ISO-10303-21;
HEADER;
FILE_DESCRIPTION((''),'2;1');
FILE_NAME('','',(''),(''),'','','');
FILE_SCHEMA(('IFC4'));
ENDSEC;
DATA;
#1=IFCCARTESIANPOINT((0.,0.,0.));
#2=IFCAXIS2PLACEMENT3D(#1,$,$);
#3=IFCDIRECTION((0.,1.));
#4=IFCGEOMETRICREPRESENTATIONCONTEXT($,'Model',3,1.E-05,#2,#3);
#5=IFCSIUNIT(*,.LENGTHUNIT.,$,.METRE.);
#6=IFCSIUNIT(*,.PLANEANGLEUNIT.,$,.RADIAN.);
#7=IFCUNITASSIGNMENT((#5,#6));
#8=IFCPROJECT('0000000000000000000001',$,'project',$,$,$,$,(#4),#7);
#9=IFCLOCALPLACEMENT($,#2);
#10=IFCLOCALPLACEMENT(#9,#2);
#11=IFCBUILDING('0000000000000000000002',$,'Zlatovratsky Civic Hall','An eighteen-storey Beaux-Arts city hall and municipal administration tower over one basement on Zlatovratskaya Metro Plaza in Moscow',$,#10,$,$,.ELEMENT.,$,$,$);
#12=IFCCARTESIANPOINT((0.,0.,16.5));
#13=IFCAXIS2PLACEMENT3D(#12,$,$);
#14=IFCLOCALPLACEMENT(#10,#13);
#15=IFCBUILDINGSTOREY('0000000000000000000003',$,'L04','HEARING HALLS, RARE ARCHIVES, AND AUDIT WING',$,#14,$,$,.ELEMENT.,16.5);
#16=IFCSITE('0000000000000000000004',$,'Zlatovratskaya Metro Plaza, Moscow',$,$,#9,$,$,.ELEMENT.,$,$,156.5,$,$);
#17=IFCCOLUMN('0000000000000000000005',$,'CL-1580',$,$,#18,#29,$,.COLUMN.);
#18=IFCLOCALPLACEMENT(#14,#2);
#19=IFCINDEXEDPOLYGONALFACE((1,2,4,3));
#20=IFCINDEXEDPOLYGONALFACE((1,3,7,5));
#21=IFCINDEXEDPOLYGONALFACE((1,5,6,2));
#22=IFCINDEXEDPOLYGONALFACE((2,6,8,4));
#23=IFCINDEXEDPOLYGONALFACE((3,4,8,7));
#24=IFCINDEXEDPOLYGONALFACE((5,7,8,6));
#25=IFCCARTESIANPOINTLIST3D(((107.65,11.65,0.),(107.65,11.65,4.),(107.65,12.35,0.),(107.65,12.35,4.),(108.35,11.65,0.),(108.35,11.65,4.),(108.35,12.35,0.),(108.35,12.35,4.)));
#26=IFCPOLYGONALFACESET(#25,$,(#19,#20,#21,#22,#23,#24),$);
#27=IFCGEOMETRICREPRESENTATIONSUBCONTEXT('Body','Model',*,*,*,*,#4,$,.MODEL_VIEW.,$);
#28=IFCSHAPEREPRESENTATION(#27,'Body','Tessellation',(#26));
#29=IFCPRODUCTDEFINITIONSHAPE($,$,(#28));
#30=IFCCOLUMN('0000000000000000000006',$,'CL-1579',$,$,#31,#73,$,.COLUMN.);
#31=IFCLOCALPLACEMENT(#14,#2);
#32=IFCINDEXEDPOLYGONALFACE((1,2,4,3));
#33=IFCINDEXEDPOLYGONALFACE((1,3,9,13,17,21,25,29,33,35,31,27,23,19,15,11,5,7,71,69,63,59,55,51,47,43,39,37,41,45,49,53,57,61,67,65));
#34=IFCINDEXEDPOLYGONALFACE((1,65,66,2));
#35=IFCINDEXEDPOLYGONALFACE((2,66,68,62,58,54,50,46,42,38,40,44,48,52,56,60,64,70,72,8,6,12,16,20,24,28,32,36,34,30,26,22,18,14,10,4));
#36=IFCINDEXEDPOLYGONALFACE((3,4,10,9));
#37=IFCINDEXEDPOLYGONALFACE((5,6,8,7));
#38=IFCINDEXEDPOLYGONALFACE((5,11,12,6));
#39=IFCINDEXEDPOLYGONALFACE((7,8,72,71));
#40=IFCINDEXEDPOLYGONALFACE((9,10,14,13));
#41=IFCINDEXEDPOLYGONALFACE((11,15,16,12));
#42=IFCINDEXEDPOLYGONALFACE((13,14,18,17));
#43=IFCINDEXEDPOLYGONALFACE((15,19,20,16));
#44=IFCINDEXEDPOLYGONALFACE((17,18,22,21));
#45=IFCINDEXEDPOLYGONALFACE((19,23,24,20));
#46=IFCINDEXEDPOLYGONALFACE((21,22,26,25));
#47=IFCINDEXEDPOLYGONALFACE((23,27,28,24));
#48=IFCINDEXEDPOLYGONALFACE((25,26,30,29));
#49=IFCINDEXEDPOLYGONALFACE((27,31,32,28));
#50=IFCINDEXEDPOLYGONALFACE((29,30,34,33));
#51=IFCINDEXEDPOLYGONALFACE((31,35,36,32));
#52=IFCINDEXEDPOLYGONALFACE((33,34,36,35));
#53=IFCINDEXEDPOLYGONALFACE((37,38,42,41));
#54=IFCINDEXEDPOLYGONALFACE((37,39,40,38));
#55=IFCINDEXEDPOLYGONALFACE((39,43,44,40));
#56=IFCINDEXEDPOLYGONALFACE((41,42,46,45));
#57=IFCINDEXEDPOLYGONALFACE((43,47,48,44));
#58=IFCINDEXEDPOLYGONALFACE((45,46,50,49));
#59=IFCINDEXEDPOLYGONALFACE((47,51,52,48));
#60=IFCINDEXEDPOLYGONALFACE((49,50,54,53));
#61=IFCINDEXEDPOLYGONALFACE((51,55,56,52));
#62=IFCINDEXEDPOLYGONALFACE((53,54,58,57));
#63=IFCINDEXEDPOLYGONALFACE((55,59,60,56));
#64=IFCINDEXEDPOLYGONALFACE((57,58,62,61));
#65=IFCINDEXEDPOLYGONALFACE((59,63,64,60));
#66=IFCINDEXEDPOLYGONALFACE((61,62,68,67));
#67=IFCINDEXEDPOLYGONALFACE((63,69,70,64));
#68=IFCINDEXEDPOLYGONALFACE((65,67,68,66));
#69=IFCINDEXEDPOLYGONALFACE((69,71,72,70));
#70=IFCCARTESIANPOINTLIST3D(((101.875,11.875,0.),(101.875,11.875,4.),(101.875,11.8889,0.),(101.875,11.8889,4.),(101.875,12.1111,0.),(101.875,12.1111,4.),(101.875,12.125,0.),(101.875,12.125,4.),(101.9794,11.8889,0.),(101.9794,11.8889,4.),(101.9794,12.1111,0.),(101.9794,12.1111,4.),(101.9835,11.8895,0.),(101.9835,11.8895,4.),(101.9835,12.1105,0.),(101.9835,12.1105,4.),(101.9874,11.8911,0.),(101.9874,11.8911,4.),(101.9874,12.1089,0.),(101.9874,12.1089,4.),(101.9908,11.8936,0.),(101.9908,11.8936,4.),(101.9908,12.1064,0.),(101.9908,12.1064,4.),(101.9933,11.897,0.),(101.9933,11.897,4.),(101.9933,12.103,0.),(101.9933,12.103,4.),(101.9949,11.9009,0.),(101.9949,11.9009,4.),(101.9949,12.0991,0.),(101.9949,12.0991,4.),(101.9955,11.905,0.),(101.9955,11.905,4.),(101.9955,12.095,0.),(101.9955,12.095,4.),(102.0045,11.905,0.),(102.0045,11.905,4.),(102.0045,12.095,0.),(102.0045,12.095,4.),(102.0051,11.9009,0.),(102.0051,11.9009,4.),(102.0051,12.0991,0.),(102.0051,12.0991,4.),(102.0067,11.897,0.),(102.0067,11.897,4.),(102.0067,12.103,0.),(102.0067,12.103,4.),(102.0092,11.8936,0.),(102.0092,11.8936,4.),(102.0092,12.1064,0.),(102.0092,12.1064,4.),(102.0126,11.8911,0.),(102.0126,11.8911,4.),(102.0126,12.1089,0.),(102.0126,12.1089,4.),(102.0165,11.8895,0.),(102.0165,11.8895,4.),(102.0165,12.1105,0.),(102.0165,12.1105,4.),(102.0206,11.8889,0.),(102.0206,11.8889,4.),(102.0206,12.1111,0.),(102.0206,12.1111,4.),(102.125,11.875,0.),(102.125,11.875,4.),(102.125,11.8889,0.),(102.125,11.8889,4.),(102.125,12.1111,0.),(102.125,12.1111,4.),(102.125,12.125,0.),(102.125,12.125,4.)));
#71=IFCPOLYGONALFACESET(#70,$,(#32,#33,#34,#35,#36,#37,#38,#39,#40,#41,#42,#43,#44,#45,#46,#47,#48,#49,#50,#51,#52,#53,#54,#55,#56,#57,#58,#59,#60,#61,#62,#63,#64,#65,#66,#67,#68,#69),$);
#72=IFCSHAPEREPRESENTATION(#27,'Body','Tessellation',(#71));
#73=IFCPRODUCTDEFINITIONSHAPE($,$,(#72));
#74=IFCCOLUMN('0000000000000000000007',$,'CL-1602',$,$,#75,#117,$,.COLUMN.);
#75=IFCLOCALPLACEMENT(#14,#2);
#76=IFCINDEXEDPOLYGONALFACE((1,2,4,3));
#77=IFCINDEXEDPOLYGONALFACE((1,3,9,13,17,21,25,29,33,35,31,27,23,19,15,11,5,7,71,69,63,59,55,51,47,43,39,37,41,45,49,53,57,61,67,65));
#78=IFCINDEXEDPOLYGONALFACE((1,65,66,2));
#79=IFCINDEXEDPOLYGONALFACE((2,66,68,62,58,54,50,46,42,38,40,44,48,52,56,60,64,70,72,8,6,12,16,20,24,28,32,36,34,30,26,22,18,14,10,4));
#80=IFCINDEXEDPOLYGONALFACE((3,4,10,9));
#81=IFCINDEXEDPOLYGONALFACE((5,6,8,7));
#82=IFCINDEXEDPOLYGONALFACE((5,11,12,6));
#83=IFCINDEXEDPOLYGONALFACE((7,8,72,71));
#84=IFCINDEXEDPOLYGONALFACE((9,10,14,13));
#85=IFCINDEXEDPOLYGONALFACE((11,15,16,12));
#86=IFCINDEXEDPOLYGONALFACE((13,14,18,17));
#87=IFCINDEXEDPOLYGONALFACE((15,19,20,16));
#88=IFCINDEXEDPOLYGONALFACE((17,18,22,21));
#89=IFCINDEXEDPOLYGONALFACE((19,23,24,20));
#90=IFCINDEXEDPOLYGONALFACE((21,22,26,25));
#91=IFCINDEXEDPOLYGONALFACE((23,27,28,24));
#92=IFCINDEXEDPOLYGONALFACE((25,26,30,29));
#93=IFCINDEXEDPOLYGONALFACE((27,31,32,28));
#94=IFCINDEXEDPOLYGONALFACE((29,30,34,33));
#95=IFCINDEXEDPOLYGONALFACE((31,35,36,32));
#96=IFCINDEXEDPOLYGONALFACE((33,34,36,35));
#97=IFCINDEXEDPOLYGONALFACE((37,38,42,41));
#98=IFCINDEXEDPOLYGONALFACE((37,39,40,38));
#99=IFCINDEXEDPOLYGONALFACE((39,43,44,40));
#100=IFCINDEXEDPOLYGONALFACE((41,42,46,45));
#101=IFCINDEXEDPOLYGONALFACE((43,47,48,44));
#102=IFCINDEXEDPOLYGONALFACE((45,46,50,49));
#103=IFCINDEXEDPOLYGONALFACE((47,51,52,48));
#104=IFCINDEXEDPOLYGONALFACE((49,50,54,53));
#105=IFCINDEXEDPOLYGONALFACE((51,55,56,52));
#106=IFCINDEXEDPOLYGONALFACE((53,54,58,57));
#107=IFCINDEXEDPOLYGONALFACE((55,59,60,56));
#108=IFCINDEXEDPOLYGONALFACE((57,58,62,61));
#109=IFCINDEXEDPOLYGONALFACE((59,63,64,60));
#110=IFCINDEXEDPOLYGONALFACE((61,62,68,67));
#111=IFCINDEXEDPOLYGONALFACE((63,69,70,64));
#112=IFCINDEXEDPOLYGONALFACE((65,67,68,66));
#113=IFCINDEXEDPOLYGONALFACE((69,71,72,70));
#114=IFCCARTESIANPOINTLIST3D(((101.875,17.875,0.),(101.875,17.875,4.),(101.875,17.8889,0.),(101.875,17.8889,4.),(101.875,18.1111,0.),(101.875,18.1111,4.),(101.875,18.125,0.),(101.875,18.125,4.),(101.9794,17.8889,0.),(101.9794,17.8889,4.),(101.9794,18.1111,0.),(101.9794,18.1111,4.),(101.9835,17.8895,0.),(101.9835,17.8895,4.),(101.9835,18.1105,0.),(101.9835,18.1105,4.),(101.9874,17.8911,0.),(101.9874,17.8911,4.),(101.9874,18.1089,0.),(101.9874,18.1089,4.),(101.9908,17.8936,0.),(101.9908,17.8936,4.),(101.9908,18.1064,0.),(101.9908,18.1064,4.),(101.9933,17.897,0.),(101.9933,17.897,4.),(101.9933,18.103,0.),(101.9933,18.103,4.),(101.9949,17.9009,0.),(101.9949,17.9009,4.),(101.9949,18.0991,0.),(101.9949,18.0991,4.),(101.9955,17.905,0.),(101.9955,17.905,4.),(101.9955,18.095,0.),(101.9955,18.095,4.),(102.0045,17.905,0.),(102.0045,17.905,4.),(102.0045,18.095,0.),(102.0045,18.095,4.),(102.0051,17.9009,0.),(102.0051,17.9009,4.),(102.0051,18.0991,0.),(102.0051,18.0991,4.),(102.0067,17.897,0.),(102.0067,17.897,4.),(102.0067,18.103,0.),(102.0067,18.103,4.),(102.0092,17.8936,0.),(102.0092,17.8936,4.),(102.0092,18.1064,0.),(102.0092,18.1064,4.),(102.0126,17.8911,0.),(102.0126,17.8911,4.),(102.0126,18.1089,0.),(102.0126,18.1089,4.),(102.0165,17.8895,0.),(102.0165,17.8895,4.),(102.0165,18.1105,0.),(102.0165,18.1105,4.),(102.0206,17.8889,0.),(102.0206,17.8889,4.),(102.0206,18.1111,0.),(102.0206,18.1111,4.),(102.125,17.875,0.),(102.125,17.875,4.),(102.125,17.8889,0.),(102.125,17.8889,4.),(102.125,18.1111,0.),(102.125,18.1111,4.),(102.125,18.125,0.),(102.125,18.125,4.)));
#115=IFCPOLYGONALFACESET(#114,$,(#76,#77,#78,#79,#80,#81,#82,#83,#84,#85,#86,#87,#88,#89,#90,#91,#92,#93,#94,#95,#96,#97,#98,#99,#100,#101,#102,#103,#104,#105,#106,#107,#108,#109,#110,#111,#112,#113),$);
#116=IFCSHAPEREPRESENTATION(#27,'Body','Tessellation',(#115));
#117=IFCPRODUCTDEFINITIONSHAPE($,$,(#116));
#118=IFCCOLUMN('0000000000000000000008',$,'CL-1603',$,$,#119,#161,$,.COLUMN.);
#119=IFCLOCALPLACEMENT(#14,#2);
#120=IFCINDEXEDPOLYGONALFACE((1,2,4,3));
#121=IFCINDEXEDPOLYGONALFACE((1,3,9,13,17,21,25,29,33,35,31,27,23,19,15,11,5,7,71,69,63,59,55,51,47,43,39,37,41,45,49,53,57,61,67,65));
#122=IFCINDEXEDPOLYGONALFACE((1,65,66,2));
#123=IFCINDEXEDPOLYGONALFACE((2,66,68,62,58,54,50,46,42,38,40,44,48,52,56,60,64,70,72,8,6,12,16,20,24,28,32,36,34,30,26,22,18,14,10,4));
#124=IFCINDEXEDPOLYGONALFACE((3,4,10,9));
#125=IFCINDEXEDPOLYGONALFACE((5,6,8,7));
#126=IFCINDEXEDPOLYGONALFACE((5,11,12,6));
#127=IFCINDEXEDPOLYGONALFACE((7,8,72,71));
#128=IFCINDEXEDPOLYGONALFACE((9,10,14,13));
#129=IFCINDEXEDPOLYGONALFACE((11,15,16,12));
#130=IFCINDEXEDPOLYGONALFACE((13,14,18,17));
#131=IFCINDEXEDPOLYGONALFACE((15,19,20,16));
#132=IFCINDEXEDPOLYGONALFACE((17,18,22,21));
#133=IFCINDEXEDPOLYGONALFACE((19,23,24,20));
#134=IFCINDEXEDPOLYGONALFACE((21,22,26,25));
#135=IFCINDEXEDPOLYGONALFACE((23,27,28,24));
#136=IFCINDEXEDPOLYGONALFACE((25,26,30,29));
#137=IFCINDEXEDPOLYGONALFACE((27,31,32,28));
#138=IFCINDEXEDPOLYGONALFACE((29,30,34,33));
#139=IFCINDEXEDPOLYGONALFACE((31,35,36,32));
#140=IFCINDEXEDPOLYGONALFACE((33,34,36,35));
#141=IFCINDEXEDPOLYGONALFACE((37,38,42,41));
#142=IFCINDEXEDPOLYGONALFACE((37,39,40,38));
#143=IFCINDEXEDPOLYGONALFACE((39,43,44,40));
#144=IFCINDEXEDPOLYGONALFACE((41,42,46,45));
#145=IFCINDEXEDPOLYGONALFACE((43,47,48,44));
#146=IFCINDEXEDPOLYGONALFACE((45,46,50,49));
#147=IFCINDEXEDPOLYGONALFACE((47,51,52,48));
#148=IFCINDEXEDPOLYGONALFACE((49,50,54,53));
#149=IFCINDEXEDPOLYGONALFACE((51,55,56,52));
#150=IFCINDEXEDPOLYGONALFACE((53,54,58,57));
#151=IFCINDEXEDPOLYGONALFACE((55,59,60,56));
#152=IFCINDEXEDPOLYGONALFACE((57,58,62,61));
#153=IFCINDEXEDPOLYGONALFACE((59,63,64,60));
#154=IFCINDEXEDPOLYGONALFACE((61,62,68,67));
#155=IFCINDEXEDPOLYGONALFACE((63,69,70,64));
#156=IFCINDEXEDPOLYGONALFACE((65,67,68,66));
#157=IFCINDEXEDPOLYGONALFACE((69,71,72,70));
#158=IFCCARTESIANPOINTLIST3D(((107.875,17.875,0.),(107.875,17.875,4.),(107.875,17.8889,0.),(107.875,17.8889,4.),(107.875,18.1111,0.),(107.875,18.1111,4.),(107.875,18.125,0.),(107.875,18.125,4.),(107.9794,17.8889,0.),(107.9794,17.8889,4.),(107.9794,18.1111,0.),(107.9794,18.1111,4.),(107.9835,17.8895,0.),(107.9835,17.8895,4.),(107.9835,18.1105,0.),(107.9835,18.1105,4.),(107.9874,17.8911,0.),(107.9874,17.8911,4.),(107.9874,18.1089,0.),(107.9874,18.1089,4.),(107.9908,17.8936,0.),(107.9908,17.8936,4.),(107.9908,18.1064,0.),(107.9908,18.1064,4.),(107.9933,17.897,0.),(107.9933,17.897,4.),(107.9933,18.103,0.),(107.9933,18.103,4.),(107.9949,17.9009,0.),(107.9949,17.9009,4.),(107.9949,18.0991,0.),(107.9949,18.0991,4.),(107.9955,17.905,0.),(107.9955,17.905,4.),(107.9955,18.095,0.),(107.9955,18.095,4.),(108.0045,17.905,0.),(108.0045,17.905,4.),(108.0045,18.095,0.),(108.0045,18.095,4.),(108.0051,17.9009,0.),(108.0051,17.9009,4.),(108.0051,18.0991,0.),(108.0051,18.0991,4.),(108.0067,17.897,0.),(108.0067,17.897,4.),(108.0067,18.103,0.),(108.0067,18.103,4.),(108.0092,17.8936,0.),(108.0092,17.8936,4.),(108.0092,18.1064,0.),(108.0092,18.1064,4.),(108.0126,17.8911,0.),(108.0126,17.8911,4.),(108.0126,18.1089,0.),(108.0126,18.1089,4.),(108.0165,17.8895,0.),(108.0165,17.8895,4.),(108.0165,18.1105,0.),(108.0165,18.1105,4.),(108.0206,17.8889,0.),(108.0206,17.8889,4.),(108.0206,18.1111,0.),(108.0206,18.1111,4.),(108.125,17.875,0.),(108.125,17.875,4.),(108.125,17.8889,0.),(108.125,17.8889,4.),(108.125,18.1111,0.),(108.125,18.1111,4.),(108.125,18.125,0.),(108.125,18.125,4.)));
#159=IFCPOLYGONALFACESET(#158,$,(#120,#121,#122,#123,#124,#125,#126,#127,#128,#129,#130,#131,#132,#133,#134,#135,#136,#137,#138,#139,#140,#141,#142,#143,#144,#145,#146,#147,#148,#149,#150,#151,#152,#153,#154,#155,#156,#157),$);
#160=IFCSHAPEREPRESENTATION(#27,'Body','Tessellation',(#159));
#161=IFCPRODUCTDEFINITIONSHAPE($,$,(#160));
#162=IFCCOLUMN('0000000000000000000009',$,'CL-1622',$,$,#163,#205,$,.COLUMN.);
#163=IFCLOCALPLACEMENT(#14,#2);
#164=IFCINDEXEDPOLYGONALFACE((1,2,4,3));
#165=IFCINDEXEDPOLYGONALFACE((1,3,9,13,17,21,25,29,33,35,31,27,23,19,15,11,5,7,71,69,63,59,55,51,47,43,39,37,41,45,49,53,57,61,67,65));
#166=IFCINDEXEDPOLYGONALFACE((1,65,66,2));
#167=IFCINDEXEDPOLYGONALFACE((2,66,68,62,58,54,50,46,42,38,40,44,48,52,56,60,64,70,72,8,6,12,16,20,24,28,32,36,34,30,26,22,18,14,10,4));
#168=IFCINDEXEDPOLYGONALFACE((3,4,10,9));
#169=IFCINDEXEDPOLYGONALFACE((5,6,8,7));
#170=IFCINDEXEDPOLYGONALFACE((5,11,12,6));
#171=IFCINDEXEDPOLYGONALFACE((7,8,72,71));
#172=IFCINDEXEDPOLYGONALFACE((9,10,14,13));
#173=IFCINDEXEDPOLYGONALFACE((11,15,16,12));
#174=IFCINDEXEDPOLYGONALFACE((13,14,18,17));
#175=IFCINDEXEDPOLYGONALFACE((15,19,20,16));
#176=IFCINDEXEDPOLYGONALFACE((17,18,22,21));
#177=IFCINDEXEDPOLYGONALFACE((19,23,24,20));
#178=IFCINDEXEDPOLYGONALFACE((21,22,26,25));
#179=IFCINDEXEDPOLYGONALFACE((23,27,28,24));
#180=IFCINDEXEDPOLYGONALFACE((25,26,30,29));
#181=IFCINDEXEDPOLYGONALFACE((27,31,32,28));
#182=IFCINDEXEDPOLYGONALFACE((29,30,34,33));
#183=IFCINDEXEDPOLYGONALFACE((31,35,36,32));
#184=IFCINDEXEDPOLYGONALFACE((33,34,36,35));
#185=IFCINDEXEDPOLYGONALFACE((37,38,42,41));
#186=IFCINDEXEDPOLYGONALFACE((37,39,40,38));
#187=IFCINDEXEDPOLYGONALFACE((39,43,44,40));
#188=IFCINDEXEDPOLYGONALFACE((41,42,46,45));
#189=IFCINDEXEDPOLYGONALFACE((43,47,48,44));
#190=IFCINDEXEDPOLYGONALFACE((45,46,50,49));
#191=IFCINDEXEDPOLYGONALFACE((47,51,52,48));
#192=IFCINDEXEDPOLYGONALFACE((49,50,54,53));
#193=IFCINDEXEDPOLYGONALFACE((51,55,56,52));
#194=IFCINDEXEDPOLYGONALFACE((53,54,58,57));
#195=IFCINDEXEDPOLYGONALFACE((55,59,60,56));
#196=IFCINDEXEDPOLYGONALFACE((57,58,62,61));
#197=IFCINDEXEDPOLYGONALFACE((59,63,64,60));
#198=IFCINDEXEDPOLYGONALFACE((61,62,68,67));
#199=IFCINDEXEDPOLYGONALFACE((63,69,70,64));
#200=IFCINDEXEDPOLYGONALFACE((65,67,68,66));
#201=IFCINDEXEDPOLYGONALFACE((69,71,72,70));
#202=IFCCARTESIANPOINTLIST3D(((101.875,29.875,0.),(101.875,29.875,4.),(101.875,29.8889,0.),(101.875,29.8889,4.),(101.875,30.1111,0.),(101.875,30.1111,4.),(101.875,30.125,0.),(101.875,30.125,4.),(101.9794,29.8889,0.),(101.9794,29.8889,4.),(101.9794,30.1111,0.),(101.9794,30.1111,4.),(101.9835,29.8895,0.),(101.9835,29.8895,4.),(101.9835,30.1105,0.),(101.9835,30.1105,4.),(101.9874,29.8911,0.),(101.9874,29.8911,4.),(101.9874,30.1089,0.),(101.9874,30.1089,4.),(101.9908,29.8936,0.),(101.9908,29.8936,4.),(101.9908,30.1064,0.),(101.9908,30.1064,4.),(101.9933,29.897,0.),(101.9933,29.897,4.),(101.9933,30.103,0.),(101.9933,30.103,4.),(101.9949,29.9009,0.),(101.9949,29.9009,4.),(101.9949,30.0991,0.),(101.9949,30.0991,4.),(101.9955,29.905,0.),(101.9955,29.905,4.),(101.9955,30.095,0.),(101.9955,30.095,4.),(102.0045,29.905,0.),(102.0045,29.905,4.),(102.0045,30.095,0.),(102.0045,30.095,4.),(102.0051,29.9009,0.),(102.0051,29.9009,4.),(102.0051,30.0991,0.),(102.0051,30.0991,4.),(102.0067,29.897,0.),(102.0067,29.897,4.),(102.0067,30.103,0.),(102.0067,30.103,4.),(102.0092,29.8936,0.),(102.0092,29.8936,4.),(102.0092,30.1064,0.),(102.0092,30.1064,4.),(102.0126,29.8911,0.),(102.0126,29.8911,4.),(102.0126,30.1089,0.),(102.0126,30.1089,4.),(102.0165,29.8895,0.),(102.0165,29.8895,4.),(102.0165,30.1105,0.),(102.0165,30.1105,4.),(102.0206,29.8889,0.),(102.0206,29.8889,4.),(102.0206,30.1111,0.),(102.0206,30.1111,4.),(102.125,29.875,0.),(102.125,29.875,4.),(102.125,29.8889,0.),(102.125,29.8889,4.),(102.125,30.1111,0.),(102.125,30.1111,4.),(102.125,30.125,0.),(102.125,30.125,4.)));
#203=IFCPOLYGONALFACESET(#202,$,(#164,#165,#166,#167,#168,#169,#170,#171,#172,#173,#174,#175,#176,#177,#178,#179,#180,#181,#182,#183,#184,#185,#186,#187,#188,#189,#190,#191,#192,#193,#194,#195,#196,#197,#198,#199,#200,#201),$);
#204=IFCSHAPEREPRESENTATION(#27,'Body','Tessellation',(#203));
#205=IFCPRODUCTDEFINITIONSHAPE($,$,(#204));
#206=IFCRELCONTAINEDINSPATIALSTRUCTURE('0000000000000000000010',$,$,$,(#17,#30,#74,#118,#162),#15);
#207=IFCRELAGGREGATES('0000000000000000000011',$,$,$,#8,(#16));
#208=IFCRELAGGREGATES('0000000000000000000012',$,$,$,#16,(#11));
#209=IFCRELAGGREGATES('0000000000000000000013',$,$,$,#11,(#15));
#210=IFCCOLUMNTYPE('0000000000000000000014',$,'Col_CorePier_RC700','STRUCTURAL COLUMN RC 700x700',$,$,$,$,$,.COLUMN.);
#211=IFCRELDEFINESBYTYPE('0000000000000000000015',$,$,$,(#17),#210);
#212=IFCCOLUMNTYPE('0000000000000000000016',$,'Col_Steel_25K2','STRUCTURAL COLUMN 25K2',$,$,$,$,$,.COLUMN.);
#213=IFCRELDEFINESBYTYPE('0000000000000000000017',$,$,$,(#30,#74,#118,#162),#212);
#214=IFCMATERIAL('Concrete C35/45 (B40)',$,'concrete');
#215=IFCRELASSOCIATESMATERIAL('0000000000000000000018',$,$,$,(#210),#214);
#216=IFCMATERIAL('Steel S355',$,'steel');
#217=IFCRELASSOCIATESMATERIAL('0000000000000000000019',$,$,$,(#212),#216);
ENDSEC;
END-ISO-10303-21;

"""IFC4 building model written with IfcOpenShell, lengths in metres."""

from ifc_helpers import new_model, si_unit, direction, frame, origin, origin_2d, place, context, subcontext, project, spatial, rectangle, i_section, extrude, material, material_profile, profile_set, type_object, element, save


model = new_model("IFC4")

# Units and contexts
model_context = context("Model", 3, precision=1e-05, world=origin(), true_north=direction((0.0, 1.0)))
body_context = subcontext(model_context, "Body", "Model", "MODEL_VIEW")
ifc_project = project(units=[si_unit("LENGTHUNIT", "METRE"), si_unit("PLANEANGLEUNIT", "RADIAN")], contexts=[model_context])

# Site, building, storey
site_placement = place(None, origin())
site = spatial("IfcSite", under=ifc_project, at=site_placement, Name="Zlatovratskaya Metro Plaza, Moscow", CompositionType="ELEMENT", RefElevation=156.5)
building_placement = place(site_placement, origin())
building = spatial("IfcBuilding", under=site, at=building_placement, Name="Zlatovratsky Civic Hall", Description="An eighteen-storey Beaux-Arts city hall and municipal administration tower over one basement on Zlatovratskaya Metro Plaza in Moscow", CompositionType="ELEMENT")
storey_placement = place(building_placement, frame((0.0, 0.0, 16.5)))
storey = spatial("IfcBuildingStorey", under=building, at=storey_placement, Name="L04", Description="HEARING HALLS, RARE ARCHIVES, AND AUDIT WING", CompositionType="ELEMENT", Elevation=16.5)

# Columns
ifc_material_1 = material(Name="Concrete C35/45 (B40)", Category="concrete")
ifc_material_profile_1 = material_profile(ifc_material_1, rectangle(XDim=0.7, YDim=0.7, at=origin_2d()), Name="RC 700x700")
ifc_profile_set_1 = profile_set([ifc_material_profile_1], Name="Concrete C35/45 (B40)")
column_type_1 = type_object("IfcColumnType", Name="Col_CorePier_RC700", Description="STRUCTURAL COLUMN RC 700x700", PredefinedType="COLUMN", material=ifc_profile_set_1)
column_placement = place(storey_placement, frame((108.0, 12.0, 0.0), z_axis=(0.0, 0.0, 1.0), x_axis=(1.0, 0.0, 0.0)))
element("IfcColumn", 1, at=column_placement, inside=storey, type_object=column_type_1, Name="CL-1580", PredefinedType="COLUMN", context=body_context, shape_type="SweptSolid", body=[
    extrude(rectangle(XDim=0.7, YDim=0.7, at=origin_2d()), origin(), (0.0, 0.0, 1.0), 4.0),
])
ifc_material_2 = material(Name="Steel S355", Category="steel")
ifc_material_profile_2 = material_profile(ifc_material_2, i_section(OverallWidth=0.25, OverallDepth=0.25, WebThickness=0.009, FlangeThickness=0.0139, FilletRadius=0.0161, at=origin_2d()), Name="25K2")
ifc_profile_set_2 = profile_set([ifc_material_profile_2], Name="Steel S355")
column_type_2 = type_object("IfcColumnType", Name="Col_Steel_25K2", Description="STRUCTURAL COLUMN 25K2", PredefinedType="COLUMN", material=ifc_profile_set_2)
for number, where, z_axis, x_axis, name in (
    (2, (102.0, 12.0, 0.0), (0.0, 0.0, 1.0), (1.0, 0.0, 0.0), "CL-1579"),
    (3, (102.0, 18.0, 0.0), (0.0, 0.0, 1.0), (1.0, 0.0, 0.0), "CL-1602"),
    (4, (108.0, 18.0, 0.0), (0.0, 0.0, 1.0), (1.0, 0.0, 0.0), "CL-1603"),
    (5, (102.0, 30.0, 0.0), (0.0, 0.0, 1.0), (1.0, 0.0, 0.0), "CL-1622"),
):
    element("IfcColumn", number, at=place(storey_placement, frame(where, z_axis=z_axis, x_axis=x_axis)), inside=storey, type_object=column_type_2, Name=name, PredefinedType="COLUMN", context=body_context, shape_type="SweptSolid", body=[
        extrude(i_section(OverallWidth=0.25, OverallDepth=0.25, WebThickness=0.009, FlangeThickness=0.0139, FilletRadius=0.0161, at=origin_2d()), origin(), (0.0, 0.0, 1.0), 4.0),
    ])

save(model, "model.ifc")
